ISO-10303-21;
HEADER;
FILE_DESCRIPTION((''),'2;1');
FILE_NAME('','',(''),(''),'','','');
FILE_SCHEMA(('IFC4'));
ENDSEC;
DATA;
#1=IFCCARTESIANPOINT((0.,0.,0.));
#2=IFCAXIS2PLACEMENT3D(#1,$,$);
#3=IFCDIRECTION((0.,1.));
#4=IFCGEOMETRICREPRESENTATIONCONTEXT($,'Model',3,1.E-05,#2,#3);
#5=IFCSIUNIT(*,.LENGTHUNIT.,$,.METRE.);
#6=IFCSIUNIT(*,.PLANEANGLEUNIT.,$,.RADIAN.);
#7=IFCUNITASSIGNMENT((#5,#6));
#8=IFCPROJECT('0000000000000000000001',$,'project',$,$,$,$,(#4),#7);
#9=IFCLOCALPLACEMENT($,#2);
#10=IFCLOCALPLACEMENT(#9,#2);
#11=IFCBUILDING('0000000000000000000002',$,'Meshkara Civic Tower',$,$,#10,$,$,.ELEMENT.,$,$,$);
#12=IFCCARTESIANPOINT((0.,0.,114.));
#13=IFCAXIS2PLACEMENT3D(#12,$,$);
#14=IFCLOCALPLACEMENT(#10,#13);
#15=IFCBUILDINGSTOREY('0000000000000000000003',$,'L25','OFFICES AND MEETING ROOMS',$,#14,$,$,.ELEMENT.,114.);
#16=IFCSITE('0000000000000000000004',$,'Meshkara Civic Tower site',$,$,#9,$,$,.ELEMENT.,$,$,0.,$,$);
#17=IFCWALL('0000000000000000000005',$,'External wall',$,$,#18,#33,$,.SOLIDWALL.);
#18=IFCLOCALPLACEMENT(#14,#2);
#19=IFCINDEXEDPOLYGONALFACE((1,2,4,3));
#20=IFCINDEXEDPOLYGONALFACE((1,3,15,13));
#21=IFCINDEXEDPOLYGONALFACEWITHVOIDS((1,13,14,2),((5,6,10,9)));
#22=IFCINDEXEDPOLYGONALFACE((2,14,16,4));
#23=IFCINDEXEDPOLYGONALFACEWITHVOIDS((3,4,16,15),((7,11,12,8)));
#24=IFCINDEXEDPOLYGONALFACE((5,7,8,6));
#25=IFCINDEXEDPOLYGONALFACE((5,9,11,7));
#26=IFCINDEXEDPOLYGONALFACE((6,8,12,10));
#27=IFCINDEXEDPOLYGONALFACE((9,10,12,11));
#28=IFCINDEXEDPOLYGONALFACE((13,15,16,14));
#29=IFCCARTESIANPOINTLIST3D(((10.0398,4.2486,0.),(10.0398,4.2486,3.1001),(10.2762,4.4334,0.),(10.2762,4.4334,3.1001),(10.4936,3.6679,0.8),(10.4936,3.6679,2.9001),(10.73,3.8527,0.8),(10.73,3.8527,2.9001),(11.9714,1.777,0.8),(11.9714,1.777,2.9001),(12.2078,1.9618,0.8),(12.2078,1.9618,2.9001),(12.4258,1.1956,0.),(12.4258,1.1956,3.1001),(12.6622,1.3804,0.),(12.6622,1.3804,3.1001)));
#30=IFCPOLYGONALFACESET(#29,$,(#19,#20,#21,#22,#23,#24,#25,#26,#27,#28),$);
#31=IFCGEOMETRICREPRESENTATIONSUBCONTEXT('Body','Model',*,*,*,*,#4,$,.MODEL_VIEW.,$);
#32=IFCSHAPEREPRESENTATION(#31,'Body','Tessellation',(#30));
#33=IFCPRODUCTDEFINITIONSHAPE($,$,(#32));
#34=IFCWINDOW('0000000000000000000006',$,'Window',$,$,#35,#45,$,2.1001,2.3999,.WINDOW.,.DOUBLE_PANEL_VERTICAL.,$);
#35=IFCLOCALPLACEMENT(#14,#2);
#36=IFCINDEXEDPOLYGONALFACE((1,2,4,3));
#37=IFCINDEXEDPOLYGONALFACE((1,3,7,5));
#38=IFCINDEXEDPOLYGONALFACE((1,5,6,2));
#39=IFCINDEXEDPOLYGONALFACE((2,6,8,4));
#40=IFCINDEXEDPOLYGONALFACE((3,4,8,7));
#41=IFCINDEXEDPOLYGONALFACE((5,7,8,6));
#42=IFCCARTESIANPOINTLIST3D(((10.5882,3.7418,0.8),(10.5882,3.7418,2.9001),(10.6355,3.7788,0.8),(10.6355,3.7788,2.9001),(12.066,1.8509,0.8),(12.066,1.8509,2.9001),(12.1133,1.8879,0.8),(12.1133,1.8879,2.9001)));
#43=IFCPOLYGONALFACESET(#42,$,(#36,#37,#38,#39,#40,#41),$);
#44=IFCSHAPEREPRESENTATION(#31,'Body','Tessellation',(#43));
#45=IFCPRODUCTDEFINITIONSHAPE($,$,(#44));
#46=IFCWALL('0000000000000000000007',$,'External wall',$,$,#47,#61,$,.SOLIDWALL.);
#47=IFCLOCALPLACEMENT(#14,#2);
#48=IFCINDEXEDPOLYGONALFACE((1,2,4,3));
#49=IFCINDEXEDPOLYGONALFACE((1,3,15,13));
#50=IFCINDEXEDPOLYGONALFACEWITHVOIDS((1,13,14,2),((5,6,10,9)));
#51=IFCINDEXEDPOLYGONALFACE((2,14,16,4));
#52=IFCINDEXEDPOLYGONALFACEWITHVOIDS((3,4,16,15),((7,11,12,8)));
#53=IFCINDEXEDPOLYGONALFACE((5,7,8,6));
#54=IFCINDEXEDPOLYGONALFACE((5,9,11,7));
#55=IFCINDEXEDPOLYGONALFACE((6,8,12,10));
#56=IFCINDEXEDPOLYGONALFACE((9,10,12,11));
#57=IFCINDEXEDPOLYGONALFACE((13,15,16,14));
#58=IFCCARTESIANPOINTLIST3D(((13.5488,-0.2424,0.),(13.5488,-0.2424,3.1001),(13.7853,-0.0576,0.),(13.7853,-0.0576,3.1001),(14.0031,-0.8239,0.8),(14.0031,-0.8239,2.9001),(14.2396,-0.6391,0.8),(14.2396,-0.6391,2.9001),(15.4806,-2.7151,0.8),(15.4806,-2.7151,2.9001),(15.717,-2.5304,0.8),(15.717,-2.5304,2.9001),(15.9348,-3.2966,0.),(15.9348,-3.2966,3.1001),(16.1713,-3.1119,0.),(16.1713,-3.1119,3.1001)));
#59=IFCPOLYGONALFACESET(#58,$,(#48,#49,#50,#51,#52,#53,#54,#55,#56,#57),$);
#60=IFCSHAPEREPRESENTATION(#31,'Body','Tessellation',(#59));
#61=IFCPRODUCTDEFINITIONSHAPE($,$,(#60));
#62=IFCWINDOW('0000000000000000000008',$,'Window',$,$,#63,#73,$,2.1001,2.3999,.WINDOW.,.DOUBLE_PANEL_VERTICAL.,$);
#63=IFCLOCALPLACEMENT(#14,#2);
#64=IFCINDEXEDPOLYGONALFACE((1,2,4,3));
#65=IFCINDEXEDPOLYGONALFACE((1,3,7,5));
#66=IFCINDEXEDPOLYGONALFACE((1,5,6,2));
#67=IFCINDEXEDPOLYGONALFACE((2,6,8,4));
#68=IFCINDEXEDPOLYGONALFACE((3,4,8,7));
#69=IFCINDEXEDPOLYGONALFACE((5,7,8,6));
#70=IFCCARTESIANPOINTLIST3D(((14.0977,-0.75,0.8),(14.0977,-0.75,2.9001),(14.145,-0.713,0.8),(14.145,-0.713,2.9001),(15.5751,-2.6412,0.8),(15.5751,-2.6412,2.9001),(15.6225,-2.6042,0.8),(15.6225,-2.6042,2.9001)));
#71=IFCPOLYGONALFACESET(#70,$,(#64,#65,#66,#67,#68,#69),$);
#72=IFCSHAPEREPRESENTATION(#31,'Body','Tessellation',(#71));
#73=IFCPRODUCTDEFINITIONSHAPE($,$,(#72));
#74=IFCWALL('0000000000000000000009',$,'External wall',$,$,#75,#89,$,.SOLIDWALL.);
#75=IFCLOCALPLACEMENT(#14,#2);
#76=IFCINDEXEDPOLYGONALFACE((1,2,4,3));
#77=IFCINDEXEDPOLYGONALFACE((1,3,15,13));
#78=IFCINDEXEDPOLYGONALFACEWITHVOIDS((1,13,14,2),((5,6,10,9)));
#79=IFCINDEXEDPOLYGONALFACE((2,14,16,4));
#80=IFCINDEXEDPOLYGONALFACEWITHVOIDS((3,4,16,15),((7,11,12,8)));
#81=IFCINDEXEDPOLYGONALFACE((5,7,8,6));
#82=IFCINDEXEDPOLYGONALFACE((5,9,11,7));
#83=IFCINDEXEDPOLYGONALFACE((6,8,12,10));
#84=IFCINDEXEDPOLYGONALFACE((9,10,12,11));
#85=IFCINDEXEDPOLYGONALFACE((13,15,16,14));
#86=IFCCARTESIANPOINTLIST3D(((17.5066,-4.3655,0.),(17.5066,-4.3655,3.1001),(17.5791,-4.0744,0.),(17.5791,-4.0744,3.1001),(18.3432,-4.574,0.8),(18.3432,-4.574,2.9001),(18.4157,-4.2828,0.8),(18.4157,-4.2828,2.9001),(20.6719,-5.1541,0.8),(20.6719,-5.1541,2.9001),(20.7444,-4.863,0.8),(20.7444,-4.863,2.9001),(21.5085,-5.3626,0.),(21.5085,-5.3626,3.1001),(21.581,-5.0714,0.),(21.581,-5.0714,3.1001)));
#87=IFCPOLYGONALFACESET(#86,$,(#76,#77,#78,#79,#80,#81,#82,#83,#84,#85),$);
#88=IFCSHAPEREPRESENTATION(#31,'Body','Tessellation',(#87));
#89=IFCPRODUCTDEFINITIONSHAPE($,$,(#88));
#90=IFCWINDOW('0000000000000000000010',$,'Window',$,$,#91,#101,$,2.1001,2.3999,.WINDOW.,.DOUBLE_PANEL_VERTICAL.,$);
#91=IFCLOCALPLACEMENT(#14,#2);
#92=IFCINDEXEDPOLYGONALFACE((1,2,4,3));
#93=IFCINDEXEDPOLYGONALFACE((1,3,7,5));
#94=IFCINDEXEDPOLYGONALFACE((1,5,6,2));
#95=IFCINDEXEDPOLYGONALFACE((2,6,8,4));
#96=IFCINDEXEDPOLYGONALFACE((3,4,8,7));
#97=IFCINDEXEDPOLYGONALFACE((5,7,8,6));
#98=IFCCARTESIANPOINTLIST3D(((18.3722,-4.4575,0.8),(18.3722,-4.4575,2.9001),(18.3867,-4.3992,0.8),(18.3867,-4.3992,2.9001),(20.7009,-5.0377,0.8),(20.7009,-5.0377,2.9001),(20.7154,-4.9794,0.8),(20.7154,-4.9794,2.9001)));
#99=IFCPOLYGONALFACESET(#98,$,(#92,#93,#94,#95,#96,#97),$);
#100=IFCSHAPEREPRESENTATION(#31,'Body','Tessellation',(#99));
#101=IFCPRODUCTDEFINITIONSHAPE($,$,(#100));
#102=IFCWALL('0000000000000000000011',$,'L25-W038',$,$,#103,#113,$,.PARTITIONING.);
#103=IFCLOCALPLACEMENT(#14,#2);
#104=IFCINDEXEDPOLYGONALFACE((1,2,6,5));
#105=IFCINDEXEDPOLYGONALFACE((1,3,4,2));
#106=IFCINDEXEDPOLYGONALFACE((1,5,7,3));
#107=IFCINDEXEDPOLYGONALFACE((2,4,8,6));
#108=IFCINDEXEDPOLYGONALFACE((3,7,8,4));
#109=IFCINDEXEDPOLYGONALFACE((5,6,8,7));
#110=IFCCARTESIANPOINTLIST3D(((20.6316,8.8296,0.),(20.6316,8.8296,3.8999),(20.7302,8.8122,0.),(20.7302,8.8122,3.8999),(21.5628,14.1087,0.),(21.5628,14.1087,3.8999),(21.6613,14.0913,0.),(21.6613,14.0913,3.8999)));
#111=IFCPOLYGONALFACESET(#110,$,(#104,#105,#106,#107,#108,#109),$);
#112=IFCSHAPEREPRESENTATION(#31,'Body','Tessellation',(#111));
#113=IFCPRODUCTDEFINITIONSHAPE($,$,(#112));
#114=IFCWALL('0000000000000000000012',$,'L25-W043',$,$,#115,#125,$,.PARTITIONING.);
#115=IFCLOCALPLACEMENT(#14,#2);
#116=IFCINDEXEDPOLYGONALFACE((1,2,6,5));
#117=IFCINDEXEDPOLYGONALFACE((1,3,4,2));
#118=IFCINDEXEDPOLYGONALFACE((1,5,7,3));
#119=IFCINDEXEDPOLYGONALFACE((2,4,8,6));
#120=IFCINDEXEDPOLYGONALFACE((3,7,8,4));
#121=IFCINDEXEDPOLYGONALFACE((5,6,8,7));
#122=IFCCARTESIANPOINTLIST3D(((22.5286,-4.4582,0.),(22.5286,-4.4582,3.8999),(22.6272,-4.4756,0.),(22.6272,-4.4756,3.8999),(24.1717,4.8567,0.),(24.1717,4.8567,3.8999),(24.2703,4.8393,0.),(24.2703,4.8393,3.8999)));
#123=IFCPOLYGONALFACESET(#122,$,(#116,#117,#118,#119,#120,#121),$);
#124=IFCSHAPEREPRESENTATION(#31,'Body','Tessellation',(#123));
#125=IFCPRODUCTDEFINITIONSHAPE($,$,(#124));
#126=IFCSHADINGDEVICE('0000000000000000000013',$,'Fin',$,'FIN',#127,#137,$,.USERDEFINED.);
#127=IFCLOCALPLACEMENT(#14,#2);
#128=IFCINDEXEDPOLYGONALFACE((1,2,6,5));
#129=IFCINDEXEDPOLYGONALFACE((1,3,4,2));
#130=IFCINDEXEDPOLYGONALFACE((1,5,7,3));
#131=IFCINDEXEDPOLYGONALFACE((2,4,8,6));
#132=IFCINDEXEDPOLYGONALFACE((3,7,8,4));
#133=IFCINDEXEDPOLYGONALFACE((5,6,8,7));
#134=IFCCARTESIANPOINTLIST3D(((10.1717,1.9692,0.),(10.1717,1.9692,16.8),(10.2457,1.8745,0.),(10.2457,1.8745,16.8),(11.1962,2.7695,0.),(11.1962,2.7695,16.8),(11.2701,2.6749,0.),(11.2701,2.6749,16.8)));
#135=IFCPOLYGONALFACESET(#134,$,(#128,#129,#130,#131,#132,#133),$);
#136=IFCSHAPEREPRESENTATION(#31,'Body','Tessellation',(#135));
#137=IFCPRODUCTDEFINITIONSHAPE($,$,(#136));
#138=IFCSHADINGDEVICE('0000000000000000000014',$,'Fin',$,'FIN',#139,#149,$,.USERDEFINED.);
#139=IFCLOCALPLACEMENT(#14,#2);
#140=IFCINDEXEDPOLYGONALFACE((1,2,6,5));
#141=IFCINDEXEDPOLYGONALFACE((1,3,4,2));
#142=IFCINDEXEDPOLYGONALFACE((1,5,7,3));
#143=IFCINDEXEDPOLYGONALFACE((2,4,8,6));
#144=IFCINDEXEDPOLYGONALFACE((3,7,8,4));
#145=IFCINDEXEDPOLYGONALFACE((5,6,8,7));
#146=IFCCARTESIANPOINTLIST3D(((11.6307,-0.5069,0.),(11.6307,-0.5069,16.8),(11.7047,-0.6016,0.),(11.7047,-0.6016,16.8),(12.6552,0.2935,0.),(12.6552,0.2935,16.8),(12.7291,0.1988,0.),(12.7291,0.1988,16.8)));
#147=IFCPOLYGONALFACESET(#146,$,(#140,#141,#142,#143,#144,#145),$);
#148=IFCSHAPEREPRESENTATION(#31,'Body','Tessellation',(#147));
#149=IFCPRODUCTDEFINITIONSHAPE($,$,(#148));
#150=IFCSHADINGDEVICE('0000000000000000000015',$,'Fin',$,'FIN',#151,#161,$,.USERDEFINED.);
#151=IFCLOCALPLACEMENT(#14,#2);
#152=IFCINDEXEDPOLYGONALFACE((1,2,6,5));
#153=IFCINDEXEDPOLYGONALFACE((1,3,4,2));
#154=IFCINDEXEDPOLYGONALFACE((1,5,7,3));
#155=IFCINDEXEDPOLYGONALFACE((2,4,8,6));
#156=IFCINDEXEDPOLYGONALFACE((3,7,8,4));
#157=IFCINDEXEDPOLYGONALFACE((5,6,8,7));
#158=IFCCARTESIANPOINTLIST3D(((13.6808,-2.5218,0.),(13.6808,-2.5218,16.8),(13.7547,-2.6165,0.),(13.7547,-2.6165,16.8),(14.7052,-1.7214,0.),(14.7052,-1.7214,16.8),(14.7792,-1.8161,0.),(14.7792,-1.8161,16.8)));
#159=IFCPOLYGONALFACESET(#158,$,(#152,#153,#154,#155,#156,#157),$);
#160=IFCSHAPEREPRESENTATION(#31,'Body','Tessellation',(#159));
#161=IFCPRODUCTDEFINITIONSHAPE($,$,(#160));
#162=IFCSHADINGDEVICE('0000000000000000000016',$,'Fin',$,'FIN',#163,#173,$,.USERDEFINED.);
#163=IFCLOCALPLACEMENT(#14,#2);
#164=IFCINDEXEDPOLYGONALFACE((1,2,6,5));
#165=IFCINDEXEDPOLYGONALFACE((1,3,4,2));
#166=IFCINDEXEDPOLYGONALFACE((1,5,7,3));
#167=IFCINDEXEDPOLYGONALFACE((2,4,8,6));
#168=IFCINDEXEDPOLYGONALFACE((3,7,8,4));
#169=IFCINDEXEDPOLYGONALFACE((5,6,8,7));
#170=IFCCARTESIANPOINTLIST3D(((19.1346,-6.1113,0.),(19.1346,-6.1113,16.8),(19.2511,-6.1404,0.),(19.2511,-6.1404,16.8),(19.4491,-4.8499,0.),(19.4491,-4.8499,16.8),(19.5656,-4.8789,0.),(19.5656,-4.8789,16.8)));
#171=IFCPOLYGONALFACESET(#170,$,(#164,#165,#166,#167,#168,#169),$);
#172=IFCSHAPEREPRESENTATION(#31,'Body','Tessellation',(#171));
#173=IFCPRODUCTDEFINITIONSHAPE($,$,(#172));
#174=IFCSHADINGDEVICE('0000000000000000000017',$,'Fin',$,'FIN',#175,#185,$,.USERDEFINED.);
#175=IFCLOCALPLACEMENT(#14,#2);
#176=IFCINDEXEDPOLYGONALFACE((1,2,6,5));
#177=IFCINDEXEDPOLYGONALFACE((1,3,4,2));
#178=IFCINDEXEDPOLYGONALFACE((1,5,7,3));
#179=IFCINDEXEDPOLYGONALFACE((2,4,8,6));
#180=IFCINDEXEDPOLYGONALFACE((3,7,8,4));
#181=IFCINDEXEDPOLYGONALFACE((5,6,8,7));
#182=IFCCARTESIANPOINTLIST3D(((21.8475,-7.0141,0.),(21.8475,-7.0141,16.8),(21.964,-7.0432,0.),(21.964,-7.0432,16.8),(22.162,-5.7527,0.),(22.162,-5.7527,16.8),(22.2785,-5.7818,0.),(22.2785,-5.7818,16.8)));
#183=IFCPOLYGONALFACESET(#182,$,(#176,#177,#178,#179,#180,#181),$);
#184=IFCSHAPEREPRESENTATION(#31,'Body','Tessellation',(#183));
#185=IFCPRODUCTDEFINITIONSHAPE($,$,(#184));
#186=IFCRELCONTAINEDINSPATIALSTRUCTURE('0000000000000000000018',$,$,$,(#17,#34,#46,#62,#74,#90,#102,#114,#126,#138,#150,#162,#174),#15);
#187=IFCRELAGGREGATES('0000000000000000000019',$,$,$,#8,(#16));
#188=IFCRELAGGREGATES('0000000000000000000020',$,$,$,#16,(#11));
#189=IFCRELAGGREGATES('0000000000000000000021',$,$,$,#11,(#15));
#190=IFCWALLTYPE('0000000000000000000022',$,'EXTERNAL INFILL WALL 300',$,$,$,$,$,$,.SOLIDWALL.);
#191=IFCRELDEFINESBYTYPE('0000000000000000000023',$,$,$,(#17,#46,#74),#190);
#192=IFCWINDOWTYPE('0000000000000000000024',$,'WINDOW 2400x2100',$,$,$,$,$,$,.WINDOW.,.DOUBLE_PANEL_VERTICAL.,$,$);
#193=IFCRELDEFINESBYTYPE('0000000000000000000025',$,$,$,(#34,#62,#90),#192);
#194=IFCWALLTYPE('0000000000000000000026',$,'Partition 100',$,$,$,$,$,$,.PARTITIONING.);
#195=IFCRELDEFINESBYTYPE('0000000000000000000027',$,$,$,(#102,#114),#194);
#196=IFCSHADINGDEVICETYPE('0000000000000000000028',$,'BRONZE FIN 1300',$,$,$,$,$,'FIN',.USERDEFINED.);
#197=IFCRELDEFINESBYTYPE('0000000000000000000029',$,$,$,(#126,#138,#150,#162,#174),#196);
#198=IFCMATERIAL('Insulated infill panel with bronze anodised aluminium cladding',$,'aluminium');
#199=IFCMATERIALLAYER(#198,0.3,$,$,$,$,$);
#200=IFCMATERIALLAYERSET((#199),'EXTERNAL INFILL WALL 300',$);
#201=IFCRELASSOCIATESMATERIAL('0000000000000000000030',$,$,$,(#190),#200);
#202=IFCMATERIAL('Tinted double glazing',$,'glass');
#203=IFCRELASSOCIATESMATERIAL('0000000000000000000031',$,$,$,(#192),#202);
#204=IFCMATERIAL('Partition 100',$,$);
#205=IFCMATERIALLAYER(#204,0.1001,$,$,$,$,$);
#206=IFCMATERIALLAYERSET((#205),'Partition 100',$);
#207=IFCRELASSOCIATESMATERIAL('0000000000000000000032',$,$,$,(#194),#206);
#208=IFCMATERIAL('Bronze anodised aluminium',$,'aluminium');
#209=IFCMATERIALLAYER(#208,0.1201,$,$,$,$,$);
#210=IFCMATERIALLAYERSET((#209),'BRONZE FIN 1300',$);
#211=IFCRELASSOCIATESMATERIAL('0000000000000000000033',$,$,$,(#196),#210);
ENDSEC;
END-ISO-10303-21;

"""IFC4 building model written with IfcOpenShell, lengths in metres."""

from ifc_helpers import new_model, si_unit, direction, frame, frame_2d, origin, origin_2d, place, context, subcontext, project, spatial, rectangle, extrude, material, layer, layer_set, type_object, element, fill, save


model = new_model("IFC4")

# Units and contexts
model_context = context("Model", 3, precision=1e-05, world=origin(), true_north=direction((0.0, 1.0)))
body_context = subcontext(model_context, "Body", "Model", "MODEL_VIEW")
ifc_project = project(units=[si_unit("LENGTHUNIT", "METRE"), si_unit("PLANEANGLEUNIT", "RADIAN")], contexts=[model_context])

# Site, building, storey
site_placement = place(None, origin())
site = spatial("IfcSite", under=ifc_project, at=site_placement, Name="Meshkara Civic Tower site", CompositionType="ELEMENT", RefElevation=0.0)
building_placement = place(site_placement, origin())
building = spatial("IfcBuilding", under=site, at=building_placement, Name="Meshkara Civic Tower", CompositionType="ELEMENT")
storey_placement = place(building_placement, frame((0.0, 0.0, 114.0)))
storey = spatial("IfcBuildingStorey", under=building, at=storey_placement, Name="L25", Description="OFFICES AND MEETING ROOMS", CompositionType="ELEMENT", Elevation=114.0)

# Walls, openings, windows
ifc_material_1 = material(Name="Insulated infill panel with bronze anodised aluminium cladding", Category="aluminium")
ifc_layer_1 = layer(ifc_material_1, 0.3)
ifc_layer_set_1 = layer_set([ifc_layer_1], Name="EXTERNAL INFILL WALL 300")
wall_type_1 = type_object("IfcWallType", Name="EXTERNAL INFILL WALL 300", PredefinedType="SOLIDWALL", material=ifc_layer_set_1)
wall_1_placement = place(storey_placement, frame((10.158, 4.3411, 0.0), z_axis=(0.0, 0.0, 1.0), x_axis=(0.61578, -0.787918, 0.0)))
wall_1 = element("IfcWall", 1, at=wall_1_placement, inside=storey, type_object=wall_type_1, Name="External wall", PredefinedType="SOLIDWALL", context=body_context, shape_type="SweptSolid", body=[
    extrude(rectangle(XDim=3.8748, YDim=0.3, at=frame_2d((1.9375, 0.0))), origin(), (0.0, 0.0, 1.0), 3.1001),
])
opening_1_placement = place(wall_1_placement, frame((0.7371, 0.0, 0.8)))
opening_1 = element("IfcOpeningElement", 2, at=opening_1_placement, cuts=wall_1, PredefinedType="OPENING", context=body_context, shape_type="SweptSolid", body=[
    extrude(rectangle(XDim=2.3999, YDim=2.1001, at=frame_2d((1.2, 1.05))), frame((0.0, 0.1599, 0.0), z_axis=(0.0, -1.0, 0.0), x_axis=(1.0, 0.0, 0.0)), (0.0, 0.0, 1.0), 0.3201),
])
ifc_material_2 = material(Name="Tinted double glazing", Category="glass")
window_type = type_object("IfcWindowType", Name="WINDOW 2400x2100", PartitioningType="DOUBLE_PANEL_VERTICAL", PredefinedType="WINDOW", material=ifc_material_2)
window_1_placement = place(opening_1_placement, origin())
window_1 = element("IfcWindow", 3, at=window_1_placement, inside=storey, type_object=window_type, Name="Window", OverallHeight=2.1001, OverallWidth=2.3999, PartitioningType="DOUBLE_PANEL_VERTICAL", PredefinedType="WINDOW", context=body_context, shape_type="SweptSolid", body=[
    extrude(rectangle(XDim=2.3999, YDim=2.1001, at=frame_2d((1.2, 1.05))), frame((0.0, 0.03, 0.0), z_axis=(0.0, -1.0, 0.0), x_axis=(1.0, 0.0, 0.0)), (0.0, 0.0, 1.0), 0.0601),
])
fill(opening_1, window_1)
wall_2_placement = place(storey_placement, frame((13.667, -0.1499, 0.0), z_axis=(0.0, 0.0, 1.0), x_axis=(0.615627, -0.788038, 0.0)))
wall_2 = element("IfcWall", 4, at=wall_2_placement, inside=storey, type_object=wall_type_1, Name="External wall", PredefinedType="SOLIDWALL", context=body_context, shape_type="SweptSolid", body=[
    extrude(rectangle(XDim=3.8757, YDim=0.3, at=frame_2d((1.938, 0.0))), origin(), (0.0, 0.0, 1.0), 3.1001),
])
opening_2_placement = place(wall_2_placement, frame((0.738, 0.0, 0.8)))
opening_2 = element("IfcOpeningElement", 5, at=opening_2_placement, cuts=wall_2, PredefinedType="OPENING", context=body_context, shape_type="SweptSolid", body=[
    extrude(rectangle(XDim=2.3999, YDim=2.1001, at=frame_2d((1.2, 1.05))), frame((0.0, 0.1599, 0.0), z_axis=(0.0, -1.0, 0.0), x_axis=(1.0, 0.0, 0.0)), (0.0, 0.0, 1.0), 0.3201),
])
window_2_placement = place(opening_2_placement, origin())
window_2 = element("IfcWindow", 6, at=window_2_placement, inside=storey, type_object=window_type, Name="Window", OverallHeight=2.1001, OverallWidth=2.3999, PartitioningType="DOUBLE_PANEL_VERTICAL", PredefinedType="WINDOW", context=body_context, shape_type="SweptSolid", body=[
    extrude(rectangle(XDim=2.3999, YDim=2.1001, at=frame_2d((1.2, 1.05))), frame((0.0, 0.03, 0.0), z_axis=(0.0, -1.0, 0.0), x_axis=(1.0, 0.0, 0.0)), (0.0, 0.0, 1.0), 0.0601),
])
fill(opening_2, window_2)
wall_3_placement = place(storey_placement, frame((17.543, -4.22, 0.0), z_axis=(0.0, 0.0, 1.0), x_axis=(0.970337, -0.241756, 0.0)))
wall_3 = element("IfcWall", 7, at=wall_3_placement, inside=storey, type_object=wall_type_1, Name="External wall", PredefinedType="SOLIDWALL", context=body_context, shape_type="SweptSolid", body=[
    extrude(rectangle(XDim=4.1243, YDim=0.3, at=frame_2d((2.062, 0.0))), origin(), (0.0, 0.0, 1.0), 3.1001),
])
opening_3_placement = place(wall_3_placement, frame((0.8621, 0.0, 0.8)))
opening_3 = element("IfcOpeningElement", 8, at=opening_3_placement, cuts=wall_3, PredefinedType="OPENING", context=body_context, shape_type="SweptSolid", body=[
    extrude(rectangle(XDim=2.3999, YDim=2.1001, at=frame_2d((1.2, 1.05))), frame((0.0, 0.1599, 0.0), z_axis=(0.0, -1.0, 0.0), x_axis=(1.0, 0.0, 0.0)), (0.0, 0.0, 1.0), 0.3201),
])
window_3_placement = place(opening_3_placement, origin())
window_3 = element("IfcWindow", 9, at=window_3_placement, inside=storey, type_object=window_type, Name="Window", OverallHeight=2.1001, OverallWidth=2.3999, PartitioningType="DOUBLE_PANEL_VERTICAL", PredefinedType="WINDOW", context=body_context, shape_type="SweptSolid", body=[
    extrude(rectangle(XDim=2.3999, YDim=2.1001, at=frame_2d((1.2, 1.05))), frame((0.0, 0.03, 0.0), z_axis=(0.0, -1.0, 0.0), x_axis=(1.0, 0.0, 0.0)), (0.0, 0.0, 1.0), 0.0601),
])
fill(opening_3, window_3)

# Walls
ifc_material_3 = material(Name="Partition 100")
ifc_layer_2 = layer(ifc_material_3, 0.1001)
ifc_layer_set_2 = layer_set([ifc_layer_2], Name="Partition 100")
wall_type_2 = type_object("IfcWallType", Name="Partition 100", PredefinedType="PARTITIONING", material=ifc_layer_set_2)
wall_4_placement = place(storey_placement, frame((20.6809, 8.821, 0.0), z_axis=(0.0, 0.0, 1.0), x_axis=(0.173705, 0.984798, 0.0)))
element("IfcWall", 10, at=wall_4_placement, inside=storey, type_object=wall_type_2, Name="L25-W038", PredefinedType="PARTITIONING", context=body_context, shape_type="SweptSolid", body=[
    extrude(rectangle(XDim=5.3606, YDim=0.1001, at=frame_2d((2.6802, 0.0))), origin(), (0.0, 0.0, 1.0), 3.8999),
])
wall_5_placement = place(storey_placement, frame((22.5779, -4.467, 0.0), z_axis=(0.0, 0.0, 1.0), x_axis=(0.173709, 0.984797, 0.0)))
element("IfcWall", 11, at=wall_5_placement, inside=storey, type_object=wall_type_2, Name="L25-W043", PredefinedType="PARTITIONING", context=body_context, shape_type="SweptSolid", body=[
    extrude(rectangle(XDim=9.4587, YDim=0.1001, at=frame_2d((4.7295, 0.0))), origin(), (0.0, 0.0, 1.0), 3.8999),
])

# Shading devices
ifc_material_4 = material(Name="Bronze anodised aluminium", Category="aluminium")
ifc_layer_3 = layer(ifc_material_4, 0.1201)
ifc_layer_set_3 = layer_set([ifc_layer_3], Name="BRONZE FIN 1300")
shading_device_type = type_object("IfcShadingDeviceType", Name="BRONZE FIN 1300", ElementType="FIN", PredefinedType="USERDEFINED", material=ifc_layer_set_3)
for number, where, z_axis, x_axis, name in (
    (12, (10.7209, 2.322, 0.0), (0.0, 0.0, 1.0), (0.615661, -0.788011, 0.0), "Fin"),
    (13, (12.1799, -0.1541, 0.0), (0.0, 0.0, 1.0), (0.615661, -0.788011, 0.0), "Fin"),
    (14, (14.23, -2.1689, 0.0), (0.0, 0.0, 1.0), (0.615661, -0.788011, 0.0), "Fin"),
    (15, (19.3501, -5.4951, 0.0), (0.0, 0.0, 1.0), (0.9703, -0.241905, 0.0), "Fin"),
    (16, (22.063, -6.3979, 0.0), (0.0, 0.0, 1.0), (0.9703, -0.241905, 0.0), "Fin"),
):
    element("IfcShadingDevice", number, at=place(storey_placement, frame(where, z_axis=z_axis, x_axis=x_axis)), inside=storey, type_object=shading_device_type, Name=name, ObjectType="FIN", PredefinedType="USERDEFINED", context=body_context, shape_type="SweptSolid", body=[
        extrude(rectangle(XDim=0.1201, YDim=1.3, at=origin_2d()), origin(), (0.0, 0.0, 1.0), 16.8),
    ])

save(model, "model.ifc")
